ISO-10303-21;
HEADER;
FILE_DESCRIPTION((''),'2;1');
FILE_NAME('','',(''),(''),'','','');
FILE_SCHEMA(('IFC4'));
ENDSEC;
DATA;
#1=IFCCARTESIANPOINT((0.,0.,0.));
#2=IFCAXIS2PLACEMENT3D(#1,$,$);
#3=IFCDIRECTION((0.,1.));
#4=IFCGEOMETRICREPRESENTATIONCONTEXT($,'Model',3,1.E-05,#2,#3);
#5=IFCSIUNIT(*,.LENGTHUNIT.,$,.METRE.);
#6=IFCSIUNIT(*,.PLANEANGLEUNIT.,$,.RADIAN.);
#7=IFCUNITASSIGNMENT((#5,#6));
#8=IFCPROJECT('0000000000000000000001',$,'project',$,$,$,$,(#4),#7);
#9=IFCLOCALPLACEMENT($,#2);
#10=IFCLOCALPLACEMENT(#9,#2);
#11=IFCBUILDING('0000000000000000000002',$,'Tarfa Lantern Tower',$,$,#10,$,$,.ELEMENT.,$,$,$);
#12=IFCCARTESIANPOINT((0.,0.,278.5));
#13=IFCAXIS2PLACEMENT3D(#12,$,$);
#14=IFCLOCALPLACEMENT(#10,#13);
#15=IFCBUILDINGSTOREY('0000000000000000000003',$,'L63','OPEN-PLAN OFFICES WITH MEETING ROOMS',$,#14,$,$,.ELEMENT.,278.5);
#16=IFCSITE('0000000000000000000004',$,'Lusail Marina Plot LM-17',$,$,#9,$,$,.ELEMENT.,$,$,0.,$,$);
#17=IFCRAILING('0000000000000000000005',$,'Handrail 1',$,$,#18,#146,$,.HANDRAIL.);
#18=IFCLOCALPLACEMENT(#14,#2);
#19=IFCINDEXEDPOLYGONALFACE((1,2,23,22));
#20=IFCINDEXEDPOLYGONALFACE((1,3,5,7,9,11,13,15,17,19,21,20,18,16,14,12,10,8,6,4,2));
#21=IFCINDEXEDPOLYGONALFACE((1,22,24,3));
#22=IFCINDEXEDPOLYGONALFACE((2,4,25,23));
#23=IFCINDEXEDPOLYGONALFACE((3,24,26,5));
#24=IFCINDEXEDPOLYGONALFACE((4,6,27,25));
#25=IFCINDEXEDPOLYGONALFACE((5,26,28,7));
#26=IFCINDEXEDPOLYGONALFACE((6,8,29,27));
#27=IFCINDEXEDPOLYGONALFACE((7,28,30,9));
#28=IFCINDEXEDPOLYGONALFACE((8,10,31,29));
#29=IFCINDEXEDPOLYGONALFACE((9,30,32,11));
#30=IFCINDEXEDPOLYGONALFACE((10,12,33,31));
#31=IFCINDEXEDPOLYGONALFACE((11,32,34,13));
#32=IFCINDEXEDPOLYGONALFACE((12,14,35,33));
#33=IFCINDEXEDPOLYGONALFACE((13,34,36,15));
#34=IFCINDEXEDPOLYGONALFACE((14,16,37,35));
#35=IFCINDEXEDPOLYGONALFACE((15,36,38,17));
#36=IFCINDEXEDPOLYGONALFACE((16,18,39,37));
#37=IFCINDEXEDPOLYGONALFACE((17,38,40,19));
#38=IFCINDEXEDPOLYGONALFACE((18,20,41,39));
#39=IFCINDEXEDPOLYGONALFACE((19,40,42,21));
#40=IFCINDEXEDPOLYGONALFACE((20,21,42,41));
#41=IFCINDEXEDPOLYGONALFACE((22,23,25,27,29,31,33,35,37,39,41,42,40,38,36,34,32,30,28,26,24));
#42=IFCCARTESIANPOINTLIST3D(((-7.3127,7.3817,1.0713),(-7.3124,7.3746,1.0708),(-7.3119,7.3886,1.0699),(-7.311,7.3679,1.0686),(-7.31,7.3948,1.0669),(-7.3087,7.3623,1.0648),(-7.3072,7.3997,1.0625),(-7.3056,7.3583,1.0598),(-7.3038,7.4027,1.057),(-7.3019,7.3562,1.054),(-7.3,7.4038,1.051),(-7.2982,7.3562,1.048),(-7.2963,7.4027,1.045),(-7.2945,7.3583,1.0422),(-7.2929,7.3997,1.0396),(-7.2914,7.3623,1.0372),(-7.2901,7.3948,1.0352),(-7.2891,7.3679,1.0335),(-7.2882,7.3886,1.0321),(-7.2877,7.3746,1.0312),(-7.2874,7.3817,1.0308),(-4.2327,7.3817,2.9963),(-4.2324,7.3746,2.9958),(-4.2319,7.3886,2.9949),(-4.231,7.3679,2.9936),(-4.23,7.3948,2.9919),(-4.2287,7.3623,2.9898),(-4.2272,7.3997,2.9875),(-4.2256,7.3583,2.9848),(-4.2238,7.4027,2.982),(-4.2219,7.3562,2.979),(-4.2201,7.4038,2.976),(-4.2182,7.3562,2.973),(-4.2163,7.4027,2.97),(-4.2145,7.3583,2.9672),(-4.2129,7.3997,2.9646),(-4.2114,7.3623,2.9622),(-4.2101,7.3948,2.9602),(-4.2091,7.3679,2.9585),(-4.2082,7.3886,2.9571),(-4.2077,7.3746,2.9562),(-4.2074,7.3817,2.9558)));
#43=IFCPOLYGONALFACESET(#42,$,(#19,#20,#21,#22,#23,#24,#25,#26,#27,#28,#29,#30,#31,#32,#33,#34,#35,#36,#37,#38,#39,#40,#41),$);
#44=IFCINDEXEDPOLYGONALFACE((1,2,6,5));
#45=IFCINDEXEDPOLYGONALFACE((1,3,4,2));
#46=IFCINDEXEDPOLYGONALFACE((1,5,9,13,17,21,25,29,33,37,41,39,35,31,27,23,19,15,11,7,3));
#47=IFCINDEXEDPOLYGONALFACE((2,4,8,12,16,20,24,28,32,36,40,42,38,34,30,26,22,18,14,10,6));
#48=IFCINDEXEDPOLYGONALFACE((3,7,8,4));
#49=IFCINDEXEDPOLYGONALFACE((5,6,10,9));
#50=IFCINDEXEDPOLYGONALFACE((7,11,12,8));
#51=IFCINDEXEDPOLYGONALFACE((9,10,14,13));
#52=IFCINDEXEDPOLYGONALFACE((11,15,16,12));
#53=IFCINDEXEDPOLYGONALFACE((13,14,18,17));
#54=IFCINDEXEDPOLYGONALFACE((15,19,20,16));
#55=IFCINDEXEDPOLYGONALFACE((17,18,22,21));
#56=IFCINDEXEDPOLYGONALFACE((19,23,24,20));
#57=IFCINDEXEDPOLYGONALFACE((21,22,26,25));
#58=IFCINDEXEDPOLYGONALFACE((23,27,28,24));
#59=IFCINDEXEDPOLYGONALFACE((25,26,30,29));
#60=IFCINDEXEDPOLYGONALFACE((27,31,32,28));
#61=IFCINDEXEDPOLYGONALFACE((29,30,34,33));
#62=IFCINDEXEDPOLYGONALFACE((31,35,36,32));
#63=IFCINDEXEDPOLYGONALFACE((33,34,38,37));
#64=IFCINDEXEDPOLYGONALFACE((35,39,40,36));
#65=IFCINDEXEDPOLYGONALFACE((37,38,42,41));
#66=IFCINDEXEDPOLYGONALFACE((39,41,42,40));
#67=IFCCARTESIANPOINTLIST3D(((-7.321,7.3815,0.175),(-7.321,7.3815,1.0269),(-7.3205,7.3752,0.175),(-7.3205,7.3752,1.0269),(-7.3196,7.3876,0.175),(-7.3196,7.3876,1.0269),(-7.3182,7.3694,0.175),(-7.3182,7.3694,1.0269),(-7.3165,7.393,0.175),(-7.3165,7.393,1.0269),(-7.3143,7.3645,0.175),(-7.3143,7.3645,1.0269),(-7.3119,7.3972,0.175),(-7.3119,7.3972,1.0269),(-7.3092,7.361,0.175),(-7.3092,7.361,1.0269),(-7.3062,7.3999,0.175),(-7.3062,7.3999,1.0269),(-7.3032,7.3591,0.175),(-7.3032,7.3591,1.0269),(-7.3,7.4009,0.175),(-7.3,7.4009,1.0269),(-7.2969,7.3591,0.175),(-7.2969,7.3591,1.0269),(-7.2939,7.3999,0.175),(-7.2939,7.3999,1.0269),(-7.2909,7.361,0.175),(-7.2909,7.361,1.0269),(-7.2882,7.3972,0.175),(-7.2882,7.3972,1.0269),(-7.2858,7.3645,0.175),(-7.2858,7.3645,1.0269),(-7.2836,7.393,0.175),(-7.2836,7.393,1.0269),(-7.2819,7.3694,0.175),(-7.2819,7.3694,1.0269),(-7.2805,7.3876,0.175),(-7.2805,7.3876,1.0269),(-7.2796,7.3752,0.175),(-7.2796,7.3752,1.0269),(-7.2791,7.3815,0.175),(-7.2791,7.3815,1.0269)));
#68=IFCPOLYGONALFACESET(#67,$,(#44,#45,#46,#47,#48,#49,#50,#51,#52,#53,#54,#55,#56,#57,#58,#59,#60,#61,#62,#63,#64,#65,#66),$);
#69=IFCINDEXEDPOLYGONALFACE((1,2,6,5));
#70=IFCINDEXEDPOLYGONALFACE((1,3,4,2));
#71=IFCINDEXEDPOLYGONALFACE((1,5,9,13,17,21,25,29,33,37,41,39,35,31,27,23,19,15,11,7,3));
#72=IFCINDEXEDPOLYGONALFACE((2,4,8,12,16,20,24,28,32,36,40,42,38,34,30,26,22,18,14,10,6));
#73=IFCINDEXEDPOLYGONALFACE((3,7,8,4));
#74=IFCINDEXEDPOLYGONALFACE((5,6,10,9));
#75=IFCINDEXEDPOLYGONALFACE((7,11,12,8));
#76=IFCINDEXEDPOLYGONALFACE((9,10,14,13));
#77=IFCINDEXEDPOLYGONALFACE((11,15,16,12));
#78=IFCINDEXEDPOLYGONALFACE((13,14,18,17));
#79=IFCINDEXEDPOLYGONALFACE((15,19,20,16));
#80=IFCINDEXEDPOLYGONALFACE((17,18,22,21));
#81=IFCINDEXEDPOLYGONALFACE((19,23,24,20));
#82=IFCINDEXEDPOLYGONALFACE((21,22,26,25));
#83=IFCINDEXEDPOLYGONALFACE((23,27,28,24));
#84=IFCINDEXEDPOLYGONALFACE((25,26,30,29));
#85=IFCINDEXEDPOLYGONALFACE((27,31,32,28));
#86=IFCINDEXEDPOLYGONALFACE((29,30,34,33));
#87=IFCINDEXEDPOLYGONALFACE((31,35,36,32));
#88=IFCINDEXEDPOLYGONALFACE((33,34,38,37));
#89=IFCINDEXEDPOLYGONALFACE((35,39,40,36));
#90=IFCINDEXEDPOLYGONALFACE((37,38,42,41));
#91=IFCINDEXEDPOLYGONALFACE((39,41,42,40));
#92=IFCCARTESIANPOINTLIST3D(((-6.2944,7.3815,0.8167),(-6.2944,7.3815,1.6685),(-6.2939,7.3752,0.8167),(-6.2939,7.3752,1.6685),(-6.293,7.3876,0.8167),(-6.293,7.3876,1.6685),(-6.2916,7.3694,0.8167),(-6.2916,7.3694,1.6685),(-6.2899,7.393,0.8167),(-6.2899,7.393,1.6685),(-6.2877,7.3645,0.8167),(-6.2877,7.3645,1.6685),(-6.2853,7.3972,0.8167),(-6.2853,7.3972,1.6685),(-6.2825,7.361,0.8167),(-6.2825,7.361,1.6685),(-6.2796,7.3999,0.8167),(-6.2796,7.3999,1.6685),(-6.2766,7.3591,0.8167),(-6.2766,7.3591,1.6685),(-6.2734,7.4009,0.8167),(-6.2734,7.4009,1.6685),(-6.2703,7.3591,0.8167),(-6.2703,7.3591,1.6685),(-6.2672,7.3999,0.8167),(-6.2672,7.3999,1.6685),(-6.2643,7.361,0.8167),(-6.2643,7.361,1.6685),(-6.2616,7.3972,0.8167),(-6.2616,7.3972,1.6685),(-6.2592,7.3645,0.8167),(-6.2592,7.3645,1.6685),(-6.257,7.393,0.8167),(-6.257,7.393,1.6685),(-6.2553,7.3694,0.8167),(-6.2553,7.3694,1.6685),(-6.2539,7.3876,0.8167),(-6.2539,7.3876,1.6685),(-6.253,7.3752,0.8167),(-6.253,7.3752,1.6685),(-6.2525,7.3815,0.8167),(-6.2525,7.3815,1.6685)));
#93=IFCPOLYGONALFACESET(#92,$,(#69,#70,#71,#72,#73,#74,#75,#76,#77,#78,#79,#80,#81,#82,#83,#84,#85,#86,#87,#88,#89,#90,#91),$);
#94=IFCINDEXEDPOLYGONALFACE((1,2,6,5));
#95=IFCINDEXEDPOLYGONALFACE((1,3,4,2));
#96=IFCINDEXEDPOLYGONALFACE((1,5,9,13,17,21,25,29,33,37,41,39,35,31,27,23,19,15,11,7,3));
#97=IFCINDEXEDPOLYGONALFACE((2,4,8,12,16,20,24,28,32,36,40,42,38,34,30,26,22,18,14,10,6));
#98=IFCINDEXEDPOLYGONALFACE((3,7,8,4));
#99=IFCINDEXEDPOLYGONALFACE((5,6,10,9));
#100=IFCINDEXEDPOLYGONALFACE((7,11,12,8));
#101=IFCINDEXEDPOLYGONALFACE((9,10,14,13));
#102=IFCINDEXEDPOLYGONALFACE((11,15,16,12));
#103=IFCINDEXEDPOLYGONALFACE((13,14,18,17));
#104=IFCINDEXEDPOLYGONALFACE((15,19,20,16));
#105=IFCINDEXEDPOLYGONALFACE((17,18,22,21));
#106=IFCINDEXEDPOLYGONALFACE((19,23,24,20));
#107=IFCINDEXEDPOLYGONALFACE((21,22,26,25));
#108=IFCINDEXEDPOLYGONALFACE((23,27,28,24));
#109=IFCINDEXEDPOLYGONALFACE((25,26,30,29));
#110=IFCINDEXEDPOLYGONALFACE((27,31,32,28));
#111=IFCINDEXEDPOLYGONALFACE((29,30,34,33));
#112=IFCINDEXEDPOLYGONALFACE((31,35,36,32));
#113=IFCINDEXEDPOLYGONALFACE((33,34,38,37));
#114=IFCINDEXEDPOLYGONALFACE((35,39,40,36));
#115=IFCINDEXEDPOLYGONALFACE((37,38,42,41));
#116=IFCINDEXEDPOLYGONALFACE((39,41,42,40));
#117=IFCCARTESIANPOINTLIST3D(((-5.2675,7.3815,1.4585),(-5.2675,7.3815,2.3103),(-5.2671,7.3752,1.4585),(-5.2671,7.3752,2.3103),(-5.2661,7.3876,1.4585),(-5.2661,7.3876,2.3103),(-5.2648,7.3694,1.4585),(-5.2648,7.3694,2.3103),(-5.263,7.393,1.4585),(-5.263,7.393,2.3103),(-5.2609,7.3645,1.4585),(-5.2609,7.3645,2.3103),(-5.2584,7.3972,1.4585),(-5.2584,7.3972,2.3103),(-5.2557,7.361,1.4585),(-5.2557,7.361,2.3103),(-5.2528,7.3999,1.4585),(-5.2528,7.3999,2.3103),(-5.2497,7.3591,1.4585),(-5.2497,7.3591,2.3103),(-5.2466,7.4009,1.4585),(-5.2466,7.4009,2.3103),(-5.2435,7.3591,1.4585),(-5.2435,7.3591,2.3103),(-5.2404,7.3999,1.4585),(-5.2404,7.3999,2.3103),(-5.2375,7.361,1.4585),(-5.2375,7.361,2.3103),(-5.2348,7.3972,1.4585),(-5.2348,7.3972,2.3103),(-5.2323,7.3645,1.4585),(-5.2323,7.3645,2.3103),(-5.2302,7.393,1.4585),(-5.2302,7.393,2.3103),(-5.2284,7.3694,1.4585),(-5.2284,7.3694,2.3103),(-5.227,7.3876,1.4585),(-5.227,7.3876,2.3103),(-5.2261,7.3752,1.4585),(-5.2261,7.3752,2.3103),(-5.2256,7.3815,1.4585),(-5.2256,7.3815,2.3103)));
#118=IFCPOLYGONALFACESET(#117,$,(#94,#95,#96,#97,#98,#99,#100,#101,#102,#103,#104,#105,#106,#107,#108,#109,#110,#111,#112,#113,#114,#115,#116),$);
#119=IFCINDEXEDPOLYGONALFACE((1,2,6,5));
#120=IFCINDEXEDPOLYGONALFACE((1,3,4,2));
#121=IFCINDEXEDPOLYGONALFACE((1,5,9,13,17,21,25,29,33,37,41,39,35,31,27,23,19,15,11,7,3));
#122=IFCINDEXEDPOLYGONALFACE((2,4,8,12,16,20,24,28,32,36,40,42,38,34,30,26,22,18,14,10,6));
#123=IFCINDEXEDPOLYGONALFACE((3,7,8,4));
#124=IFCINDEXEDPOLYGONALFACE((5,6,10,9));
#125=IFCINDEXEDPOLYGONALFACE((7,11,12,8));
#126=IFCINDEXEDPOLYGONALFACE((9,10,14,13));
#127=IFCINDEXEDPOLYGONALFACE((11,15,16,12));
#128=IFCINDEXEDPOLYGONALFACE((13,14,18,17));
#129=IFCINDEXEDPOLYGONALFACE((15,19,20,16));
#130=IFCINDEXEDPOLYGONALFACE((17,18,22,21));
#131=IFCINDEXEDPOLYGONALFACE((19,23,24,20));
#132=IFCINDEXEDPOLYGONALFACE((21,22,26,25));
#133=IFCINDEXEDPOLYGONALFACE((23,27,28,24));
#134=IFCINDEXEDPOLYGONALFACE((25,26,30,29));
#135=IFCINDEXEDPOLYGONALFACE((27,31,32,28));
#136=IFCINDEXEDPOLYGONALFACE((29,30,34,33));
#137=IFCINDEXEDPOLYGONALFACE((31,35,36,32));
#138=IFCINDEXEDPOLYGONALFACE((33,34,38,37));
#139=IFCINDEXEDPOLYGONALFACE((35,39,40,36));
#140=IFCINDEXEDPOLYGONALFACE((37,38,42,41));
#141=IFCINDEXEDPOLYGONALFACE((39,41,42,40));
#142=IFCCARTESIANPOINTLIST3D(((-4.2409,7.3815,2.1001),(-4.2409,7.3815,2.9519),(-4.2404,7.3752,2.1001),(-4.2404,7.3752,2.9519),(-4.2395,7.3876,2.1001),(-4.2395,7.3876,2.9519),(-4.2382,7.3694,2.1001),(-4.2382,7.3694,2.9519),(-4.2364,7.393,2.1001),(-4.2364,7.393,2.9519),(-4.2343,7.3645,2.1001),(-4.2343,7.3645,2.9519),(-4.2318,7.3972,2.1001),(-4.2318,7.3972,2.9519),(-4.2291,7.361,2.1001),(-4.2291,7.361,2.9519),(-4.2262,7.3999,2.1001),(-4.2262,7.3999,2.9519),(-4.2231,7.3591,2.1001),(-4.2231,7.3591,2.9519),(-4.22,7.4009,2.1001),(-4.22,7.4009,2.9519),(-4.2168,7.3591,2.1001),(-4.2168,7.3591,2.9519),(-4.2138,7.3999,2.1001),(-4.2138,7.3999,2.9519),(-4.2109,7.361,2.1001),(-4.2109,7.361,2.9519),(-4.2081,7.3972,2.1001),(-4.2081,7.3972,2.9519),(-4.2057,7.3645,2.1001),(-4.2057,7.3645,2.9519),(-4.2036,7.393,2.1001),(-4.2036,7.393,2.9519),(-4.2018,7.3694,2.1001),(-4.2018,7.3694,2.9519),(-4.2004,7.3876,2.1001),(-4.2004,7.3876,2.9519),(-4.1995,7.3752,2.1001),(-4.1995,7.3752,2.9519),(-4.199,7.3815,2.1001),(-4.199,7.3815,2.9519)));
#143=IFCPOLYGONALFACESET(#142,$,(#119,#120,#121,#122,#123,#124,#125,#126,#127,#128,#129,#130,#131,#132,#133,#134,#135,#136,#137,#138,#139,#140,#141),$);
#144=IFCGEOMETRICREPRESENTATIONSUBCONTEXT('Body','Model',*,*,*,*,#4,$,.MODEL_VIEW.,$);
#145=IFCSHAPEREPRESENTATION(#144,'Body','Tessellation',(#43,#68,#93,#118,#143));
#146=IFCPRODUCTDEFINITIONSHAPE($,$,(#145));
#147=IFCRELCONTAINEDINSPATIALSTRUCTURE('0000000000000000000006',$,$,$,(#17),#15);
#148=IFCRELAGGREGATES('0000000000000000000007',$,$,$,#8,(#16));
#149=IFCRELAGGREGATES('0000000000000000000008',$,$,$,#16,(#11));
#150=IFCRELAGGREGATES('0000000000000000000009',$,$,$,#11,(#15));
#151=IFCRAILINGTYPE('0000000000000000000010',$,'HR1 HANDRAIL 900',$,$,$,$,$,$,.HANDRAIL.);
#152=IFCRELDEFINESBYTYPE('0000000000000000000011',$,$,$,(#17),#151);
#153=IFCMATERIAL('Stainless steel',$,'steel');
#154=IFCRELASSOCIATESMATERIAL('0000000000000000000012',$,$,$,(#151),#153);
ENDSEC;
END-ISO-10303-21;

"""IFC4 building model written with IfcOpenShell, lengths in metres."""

from ifc_helpers import new_model, si_unit, direction, frame, origin, origin_2d, place, context, subcontext, project, spatial, circle, extrude, material, type_object, element, save


model = new_model("IFC4")

# Units and contexts
model_context = context("Model", 3, precision=1e-05, world=origin(), true_north=direction((0.0, 1.0)))
body_context = subcontext(model_context, "Body", "Model", "MODEL_VIEW")
ifc_project = project(units=[si_unit("LENGTHUNIT", "METRE"), si_unit("PLANEANGLEUNIT", "RADIAN")], contexts=[model_context])

# Site, building, storey
site_placement = place(None, origin())
site = spatial("IfcSite", under=ifc_project, at=site_placement, Name="Lusail Marina Plot LM-17", CompositionType="ELEMENT", RefElevation=0.0)
building_placement = place(site_placement, origin())
building = spatial("IfcBuilding", under=site, at=building_placement, Name="Tarfa Lantern Tower", CompositionType="ELEMENT")
storey_placement = place(building_placement, frame((0.0, 0.0, 278.5)))
storey = spatial("IfcBuildingStorey", under=building, at=storey_placement, Name="L63", Description="OPEN-PLAN OFFICES WITH MEETING ROOMS", CompositionType="ELEMENT", Elevation=278.5)

# Railing
ifc_material_1 = material(Name="Stainless steel", Category="steel")
railing_type = type_object("IfcRailingType", Name="HR1 HANDRAIL 900", PredefinedType="HANDRAIL", material=ifc_material_1)
railing_1_placement = place(storey_placement, frame((-7.3, 7.3799, 0.175)))
element("IfcRailing", 1, at=railing_1_placement, inside=storey, type_object=railing_type, Name="Handrail 1", PredefinedType="HANDRAIL", context=body_context, shape_type="SweptSolid", body=[
    extrude(circle(Radius=0.0239, at=origin_2d()), frame((0.0, 0.0, 0.876), z_axis=(0.847998, 0.0, 0.529999), x_axis=(0.0, 1.0, 0.0)), (0.0, 0.0, 1.0), 3.6321),
    extrude(circle(Radius=0.021, at=origin_2d()), frame((0.0, 0.0, 0.0), z_axis=(0.0, 0.0, 1.0), x_axis=(0.0, 1.0, 0.0)), (0.0, 0.0, 1.0), 0.8518),
    extrude(circle(Radius=0.021, at=origin_2d()), frame((1.0266, 0.0, 0.6416), z_axis=(0.0, 0.0, 1.0), x_axis=(0.0, 1.0, 0.0)), (0.0, 0.0, 1.0), 0.8518),
    extrude(circle(Radius=0.021, at=origin_2d()), frame((2.0535, 0.0, 1.2834), z_axis=(0.0, 0.0, 1.0), x_axis=(0.0, 1.0, 0.0)), (0.0, 0.0, 1.0), 0.8518),
    extrude(circle(Radius=0.021, at=origin_2d()), frame((3.0801, 0.0, 1.925), z_axis=(0.0, 0.0, 1.0), x_axis=(0.0, 1.0, 0.0)), (0.0, 0.0, 1.0), 0.8518),
])

save(model, "model.ifc")
